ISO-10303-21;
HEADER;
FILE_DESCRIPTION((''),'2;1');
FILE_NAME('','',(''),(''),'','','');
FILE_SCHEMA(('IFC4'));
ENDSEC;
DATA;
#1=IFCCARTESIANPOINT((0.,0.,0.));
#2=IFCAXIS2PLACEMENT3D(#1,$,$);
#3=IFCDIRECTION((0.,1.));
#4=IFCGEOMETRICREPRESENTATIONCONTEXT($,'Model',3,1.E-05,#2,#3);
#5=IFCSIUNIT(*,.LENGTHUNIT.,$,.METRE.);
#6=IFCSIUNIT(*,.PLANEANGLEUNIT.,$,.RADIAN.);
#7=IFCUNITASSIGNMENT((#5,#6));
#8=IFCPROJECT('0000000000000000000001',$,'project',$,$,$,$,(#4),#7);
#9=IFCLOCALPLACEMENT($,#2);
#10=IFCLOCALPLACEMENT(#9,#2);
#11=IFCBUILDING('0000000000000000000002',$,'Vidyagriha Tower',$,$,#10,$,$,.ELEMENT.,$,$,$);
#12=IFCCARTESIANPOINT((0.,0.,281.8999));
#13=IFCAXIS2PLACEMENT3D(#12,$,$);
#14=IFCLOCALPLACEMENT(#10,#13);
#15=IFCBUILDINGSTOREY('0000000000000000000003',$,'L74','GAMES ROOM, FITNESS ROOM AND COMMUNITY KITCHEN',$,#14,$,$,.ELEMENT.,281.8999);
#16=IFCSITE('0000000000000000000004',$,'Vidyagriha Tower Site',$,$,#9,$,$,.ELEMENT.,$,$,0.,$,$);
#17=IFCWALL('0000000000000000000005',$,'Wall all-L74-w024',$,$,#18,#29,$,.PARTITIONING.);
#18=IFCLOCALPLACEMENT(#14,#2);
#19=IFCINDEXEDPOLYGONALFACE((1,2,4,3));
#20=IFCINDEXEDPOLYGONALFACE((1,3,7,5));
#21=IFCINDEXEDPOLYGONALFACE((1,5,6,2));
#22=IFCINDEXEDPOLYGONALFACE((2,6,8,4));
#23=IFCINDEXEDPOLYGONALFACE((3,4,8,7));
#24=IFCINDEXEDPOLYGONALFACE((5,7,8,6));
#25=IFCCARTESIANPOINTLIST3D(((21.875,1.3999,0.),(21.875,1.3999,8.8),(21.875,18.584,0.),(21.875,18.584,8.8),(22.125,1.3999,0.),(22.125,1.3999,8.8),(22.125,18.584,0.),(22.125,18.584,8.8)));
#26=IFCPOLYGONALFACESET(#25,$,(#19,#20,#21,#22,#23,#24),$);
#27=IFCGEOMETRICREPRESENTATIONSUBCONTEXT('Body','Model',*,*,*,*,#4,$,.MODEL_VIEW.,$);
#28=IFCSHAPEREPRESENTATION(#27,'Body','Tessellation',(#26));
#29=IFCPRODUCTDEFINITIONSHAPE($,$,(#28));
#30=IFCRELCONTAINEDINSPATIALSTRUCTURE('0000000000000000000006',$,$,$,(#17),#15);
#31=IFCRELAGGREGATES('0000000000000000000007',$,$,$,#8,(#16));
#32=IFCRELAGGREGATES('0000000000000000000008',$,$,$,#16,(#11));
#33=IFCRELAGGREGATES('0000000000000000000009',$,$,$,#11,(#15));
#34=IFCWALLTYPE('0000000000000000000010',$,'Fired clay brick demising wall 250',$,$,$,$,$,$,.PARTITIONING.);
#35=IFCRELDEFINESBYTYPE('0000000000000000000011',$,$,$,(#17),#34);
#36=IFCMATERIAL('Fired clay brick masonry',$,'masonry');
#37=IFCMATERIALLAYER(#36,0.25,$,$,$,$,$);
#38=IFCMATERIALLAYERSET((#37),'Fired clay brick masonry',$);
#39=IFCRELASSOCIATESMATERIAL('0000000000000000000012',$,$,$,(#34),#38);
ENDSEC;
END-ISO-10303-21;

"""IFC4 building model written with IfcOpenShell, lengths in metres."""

from ifc_helpers import new_model, si_unit, direction, frame, frame_2d, origin, place, context, subcontext, project, spatial, rectangle, extrude, material, layer, layer_set, type_object, element, save


model = new_model("IFC4")

# Units and contexts
model_context = context("Model", 3, precision=1e-05, world=origin(), true_north=direction((0.0, 1.0)))
body_context = subcontext(model_context, "Body", "Model", "MODEL_VIEW")
ifc_project = project(units=[si_unit("LENGTHUNIT", "METRE"), si_unit("PLANEANGLEUNIT", "RADIAN")], contexts=[model_context])

# Site, building, storey
site_placement = place(None, origin())
site = spatial("IfcSite", under=ifc_project, at=site_placement, Name="Vidyagriha Tower Site", CompositionType="ELEMENT", RefElevation=0.0)
building_placement = place(site_placement, origin())
building = spatial("IfcBuilding", under=site, at=building_placement, Name="Vidyagriha Tower", CompositionType="ELEMENT")
storey_placement = place(building_placement, frame((0.0, 0.0, 281.8999)))
storey = spatial("IfcBuildingStorey", under=building, at=storey_placement, Name="L74", Description="GAMES ROOM, FITNESS ROOM AND COMMUNITY KITCHEN", CompositionType="ELEMENT", Elevation=281.8999)

# Wall
ifc_material_1 = material(Name="Fired clay brick masonry", Category="masonry")
ifc_layer_1 = layer(ifc_material_1, 0.25)
ifc_layer_set_1 = layer_set([ifc_layer_1], Name="Fired clay brick masonry")
wall_type_1 = type_object("IfcWallType", Name="Fired clay brick demising wall 250", PredefinedType="PARTITIONING", material=ifc_layer_set_1)
wall_1_placement = place(storey_placement, frame((22.0, 18.584, 0.0), z_axis=(0.0, 0.0, 1.0), x_axis=(0.0, -1.0, 0.0)))
element("IfcWall", 1, at=wall_1_placement, inside=storey, type_object=wall_type_1, Name="Wall all-L74-w024", PredefinedType="PARTITIONING", context=body_context, shape_type="SweptSolid", body=[
    extrude(rectangle(XDim=17.1841, YDim=0.25, at=frame_2d((8.592, 0.0))), origin(), (0.0, 0.0, 1.0), 8.8),
])

save(model, "model.ifc")
